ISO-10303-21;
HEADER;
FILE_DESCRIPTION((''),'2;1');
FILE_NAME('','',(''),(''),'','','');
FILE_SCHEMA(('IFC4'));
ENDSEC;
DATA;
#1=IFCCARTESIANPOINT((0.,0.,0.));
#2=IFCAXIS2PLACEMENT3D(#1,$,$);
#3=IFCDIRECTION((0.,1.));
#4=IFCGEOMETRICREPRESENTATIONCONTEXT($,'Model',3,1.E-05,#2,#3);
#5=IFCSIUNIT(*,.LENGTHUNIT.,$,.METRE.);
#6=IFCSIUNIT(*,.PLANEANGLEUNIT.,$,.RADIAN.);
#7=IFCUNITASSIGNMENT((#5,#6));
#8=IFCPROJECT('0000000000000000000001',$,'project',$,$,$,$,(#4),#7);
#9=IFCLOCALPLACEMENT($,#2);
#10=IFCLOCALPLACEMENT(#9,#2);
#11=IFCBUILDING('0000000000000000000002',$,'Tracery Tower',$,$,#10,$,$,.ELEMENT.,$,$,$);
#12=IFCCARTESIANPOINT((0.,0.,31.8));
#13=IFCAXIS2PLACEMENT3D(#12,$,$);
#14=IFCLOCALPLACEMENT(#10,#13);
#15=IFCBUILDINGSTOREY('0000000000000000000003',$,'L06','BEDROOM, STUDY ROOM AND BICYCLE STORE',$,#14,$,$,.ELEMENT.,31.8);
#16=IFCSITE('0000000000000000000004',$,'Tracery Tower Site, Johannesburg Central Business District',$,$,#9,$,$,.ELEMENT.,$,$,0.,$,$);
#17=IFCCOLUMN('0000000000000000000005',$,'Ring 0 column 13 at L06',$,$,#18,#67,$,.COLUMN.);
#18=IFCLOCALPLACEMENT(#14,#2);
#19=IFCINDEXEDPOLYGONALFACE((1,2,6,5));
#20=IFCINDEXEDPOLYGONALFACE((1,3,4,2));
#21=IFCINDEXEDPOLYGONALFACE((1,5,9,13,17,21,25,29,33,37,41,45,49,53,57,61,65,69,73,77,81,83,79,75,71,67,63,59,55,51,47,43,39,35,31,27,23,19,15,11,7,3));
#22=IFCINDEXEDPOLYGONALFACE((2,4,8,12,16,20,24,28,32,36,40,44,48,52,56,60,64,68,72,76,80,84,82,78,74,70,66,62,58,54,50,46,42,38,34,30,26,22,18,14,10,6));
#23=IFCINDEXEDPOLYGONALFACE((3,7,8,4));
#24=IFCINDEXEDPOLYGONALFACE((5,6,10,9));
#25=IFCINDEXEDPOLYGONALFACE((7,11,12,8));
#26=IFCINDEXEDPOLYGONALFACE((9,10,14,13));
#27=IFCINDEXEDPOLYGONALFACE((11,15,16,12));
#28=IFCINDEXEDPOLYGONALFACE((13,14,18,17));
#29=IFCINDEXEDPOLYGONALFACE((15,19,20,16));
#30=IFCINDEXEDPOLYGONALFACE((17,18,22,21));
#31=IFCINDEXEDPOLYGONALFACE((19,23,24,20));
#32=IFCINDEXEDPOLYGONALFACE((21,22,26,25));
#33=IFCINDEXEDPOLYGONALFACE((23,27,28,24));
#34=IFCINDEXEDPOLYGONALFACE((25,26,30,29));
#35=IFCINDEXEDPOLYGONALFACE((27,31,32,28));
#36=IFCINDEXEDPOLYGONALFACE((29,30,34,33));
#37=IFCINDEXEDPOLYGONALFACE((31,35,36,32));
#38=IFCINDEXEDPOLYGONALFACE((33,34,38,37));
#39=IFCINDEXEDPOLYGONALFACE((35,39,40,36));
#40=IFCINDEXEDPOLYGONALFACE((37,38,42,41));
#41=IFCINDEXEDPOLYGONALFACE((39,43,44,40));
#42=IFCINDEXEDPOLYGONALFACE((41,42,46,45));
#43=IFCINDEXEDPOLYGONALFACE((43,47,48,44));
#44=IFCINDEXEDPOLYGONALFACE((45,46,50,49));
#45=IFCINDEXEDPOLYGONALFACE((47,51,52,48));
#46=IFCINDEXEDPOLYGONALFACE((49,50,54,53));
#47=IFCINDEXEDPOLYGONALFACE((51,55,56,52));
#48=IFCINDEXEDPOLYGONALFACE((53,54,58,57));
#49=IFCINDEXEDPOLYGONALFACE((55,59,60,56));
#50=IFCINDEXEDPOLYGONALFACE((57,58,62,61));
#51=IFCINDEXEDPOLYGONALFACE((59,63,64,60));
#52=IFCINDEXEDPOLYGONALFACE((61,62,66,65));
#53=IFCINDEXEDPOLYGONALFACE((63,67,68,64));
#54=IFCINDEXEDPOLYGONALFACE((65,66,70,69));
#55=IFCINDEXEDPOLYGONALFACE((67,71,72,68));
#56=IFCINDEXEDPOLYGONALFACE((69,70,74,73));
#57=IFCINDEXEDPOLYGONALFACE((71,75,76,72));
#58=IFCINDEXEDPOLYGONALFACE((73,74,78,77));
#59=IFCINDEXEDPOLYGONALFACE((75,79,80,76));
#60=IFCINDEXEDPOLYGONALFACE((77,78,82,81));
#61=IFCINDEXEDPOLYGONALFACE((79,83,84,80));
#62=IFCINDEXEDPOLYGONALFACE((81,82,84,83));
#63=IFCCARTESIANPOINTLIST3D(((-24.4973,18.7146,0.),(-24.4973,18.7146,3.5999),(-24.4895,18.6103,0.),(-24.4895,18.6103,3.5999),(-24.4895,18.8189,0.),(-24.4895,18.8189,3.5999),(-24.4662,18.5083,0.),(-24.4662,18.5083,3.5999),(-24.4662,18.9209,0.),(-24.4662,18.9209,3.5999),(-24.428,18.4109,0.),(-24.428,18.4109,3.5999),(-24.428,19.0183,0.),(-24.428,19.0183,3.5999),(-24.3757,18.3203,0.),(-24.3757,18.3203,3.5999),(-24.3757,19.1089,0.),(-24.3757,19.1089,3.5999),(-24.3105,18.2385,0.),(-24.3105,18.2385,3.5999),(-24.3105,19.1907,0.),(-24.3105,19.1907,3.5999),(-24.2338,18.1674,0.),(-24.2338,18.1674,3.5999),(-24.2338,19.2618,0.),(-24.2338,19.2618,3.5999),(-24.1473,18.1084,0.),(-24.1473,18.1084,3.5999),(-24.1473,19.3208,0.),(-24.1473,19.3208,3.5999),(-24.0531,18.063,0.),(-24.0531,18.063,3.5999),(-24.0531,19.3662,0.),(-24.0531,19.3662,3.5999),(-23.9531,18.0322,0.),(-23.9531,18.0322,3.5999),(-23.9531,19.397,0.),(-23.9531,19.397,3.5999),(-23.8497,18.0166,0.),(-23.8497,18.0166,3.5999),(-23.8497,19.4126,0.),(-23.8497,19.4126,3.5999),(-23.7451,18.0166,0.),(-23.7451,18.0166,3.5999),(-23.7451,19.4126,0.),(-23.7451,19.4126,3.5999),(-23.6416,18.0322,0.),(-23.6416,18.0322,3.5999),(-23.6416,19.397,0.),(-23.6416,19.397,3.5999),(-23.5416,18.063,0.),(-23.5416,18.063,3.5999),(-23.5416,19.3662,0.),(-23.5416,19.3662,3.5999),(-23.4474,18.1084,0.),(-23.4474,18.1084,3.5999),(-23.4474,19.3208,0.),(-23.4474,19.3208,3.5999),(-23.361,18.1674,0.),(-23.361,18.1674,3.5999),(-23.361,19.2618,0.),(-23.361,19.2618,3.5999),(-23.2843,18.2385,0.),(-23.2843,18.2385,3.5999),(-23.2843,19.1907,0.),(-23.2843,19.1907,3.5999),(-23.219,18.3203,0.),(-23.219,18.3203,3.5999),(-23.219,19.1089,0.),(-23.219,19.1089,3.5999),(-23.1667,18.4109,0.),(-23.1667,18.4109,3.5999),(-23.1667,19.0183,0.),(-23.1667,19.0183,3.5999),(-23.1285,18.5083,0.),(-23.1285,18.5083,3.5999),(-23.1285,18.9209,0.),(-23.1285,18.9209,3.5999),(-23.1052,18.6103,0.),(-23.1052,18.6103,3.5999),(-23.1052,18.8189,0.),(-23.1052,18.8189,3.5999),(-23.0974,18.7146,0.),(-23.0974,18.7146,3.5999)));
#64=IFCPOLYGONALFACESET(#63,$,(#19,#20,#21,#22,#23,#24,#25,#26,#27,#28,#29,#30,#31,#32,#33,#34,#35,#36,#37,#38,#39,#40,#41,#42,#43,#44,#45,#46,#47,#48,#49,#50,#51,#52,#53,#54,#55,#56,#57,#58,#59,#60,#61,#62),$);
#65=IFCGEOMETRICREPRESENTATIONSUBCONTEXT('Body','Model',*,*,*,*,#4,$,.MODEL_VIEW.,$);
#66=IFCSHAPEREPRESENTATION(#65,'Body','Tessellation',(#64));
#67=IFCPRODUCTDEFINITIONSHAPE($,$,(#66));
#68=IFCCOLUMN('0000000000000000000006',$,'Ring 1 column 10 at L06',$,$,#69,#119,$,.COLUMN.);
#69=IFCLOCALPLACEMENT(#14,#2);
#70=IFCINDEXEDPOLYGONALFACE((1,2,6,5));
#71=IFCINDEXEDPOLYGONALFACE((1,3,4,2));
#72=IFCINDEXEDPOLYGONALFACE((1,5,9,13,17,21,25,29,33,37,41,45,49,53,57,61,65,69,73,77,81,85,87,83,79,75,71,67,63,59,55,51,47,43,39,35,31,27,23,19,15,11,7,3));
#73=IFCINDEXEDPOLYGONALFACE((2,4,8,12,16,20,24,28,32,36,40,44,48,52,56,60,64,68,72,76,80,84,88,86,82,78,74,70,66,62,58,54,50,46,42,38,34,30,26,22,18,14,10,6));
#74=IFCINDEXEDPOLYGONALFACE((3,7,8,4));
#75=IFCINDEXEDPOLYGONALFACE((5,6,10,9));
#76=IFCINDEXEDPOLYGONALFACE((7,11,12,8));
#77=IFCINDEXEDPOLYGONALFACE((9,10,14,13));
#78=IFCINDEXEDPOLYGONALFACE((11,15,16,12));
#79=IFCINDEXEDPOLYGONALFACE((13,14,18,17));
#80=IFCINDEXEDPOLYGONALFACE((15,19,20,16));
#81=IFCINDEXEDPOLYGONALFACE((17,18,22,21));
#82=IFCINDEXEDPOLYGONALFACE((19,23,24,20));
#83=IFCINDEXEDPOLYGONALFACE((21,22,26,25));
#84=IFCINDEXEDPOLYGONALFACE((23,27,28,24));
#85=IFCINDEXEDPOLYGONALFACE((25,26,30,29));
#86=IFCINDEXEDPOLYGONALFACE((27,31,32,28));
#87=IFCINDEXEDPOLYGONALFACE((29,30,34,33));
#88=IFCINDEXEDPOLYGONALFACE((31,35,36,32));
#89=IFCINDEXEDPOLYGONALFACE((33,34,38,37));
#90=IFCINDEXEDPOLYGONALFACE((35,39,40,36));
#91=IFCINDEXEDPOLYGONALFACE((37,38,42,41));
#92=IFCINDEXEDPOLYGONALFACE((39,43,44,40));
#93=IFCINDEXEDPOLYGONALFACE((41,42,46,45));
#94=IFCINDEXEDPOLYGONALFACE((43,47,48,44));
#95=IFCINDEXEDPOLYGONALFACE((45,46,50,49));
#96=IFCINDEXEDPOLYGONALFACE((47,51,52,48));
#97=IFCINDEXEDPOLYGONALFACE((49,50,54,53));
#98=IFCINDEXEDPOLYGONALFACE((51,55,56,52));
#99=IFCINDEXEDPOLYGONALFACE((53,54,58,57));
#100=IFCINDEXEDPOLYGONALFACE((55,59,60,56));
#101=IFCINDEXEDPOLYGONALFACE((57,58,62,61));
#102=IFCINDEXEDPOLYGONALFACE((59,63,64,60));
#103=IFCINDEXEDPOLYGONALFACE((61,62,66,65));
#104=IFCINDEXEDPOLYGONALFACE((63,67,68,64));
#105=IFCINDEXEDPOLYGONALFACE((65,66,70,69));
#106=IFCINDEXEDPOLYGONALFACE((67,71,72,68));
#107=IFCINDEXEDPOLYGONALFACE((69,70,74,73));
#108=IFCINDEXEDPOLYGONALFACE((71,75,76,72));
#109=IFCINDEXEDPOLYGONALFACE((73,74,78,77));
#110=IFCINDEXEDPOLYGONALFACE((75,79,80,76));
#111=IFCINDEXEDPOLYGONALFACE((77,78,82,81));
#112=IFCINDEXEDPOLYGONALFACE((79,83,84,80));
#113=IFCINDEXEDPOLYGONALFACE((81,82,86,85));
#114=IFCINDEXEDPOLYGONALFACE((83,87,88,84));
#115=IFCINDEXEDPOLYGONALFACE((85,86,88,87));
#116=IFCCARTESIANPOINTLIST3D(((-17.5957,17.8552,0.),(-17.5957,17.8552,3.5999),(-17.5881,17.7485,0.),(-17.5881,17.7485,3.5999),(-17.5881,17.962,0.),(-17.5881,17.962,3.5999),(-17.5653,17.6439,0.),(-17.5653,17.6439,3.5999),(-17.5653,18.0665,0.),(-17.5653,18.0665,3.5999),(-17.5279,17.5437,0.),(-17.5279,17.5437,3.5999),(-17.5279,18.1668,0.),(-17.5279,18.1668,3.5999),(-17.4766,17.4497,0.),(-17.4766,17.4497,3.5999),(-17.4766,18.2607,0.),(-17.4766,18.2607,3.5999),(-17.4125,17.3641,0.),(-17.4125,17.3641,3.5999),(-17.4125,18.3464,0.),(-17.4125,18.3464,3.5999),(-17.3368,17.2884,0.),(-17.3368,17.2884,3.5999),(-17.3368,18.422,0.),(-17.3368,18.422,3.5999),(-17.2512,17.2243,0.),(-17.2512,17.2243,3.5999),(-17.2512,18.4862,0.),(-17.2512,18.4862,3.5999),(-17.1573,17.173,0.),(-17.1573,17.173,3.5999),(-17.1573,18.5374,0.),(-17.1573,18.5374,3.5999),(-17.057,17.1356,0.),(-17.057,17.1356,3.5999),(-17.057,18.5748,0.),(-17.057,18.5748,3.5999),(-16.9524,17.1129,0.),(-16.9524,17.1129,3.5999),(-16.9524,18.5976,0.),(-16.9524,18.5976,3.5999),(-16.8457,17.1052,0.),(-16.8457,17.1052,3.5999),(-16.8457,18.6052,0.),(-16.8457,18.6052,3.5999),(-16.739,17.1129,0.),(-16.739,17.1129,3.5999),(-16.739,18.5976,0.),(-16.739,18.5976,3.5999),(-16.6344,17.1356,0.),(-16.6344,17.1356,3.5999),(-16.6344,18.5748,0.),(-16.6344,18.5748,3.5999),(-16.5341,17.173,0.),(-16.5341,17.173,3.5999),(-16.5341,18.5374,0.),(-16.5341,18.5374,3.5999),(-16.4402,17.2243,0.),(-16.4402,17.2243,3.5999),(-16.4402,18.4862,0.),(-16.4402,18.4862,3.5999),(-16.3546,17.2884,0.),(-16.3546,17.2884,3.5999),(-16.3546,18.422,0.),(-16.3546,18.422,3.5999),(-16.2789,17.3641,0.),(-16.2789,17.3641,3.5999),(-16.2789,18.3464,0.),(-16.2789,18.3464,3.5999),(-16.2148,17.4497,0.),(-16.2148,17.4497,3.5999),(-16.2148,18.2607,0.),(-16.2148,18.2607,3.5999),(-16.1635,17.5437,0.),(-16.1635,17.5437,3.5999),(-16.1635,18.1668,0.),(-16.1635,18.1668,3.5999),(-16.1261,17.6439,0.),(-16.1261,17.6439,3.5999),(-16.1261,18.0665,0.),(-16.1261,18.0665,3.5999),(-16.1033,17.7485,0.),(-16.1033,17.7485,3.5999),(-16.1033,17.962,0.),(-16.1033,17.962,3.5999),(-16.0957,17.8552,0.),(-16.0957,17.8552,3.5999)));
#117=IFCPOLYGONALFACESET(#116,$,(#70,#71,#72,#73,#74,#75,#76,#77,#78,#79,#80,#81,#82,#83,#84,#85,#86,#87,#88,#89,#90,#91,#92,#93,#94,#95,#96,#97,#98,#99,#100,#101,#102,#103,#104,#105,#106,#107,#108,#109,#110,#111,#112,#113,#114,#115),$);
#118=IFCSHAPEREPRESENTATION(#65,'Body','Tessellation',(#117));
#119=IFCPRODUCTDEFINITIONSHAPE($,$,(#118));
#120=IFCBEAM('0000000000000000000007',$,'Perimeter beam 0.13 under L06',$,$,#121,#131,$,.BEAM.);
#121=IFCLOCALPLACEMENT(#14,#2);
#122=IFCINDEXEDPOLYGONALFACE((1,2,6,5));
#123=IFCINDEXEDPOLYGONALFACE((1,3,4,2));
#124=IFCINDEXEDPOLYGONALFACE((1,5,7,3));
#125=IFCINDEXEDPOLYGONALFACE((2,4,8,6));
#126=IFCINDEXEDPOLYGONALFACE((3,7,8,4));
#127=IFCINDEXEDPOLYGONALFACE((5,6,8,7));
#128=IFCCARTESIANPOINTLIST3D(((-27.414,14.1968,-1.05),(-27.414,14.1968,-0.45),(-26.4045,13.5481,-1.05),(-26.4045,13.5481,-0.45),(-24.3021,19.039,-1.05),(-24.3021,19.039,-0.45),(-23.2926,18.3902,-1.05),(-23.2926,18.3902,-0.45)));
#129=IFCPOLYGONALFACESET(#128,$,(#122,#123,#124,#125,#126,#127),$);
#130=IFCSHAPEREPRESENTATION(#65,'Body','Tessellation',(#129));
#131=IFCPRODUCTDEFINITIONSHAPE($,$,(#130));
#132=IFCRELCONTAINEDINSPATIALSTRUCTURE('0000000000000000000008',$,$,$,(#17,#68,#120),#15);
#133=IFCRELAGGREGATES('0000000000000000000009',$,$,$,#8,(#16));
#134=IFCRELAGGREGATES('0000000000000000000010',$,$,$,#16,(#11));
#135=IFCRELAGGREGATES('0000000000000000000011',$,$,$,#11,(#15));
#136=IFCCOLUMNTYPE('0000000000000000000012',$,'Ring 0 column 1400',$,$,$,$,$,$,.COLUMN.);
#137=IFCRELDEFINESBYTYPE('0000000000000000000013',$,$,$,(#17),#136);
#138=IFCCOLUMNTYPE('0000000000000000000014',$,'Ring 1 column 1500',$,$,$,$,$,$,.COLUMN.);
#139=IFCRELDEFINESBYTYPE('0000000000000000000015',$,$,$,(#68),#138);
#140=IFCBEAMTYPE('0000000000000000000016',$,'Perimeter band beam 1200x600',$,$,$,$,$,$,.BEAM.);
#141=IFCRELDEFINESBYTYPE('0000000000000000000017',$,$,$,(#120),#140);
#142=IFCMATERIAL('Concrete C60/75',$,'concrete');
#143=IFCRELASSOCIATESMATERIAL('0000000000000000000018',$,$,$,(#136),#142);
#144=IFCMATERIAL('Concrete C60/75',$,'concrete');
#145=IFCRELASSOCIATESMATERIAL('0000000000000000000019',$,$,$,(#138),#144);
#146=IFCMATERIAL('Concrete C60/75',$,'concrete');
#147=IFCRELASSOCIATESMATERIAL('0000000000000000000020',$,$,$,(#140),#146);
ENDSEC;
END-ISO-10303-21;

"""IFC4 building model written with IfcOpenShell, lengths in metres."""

from ifc_helpers import new_model, si_unit, direction, frame, origin, origin_2d, place, context, subcontext, project, spatial, rectangle, circle, extrude, material, material_profile, profile_set, type_object, element, save


model = new_model("IFC4")

# Units and contexts
model_context = context("Model", 3, precision=1e-05, world=origin(), true_north=direction((0.0, 1.0)))
body_context = subcontext(model_context, "Body", "Model", "MODEL_VIEW")
ifc_project = project(units=[si_unit("LENGTHUNIT", "METRE"), si_unit("PLANEANGLEUNIT", "RADIAN")], contexts=[model_context])

# Site, building, storey
site_placement = place(None, origin())
site = spatial("IfcSite", under=ifc_project, at=site_placement, Name="Tracery Tower Site, Johannesburg Central Business District", CompositionType="ELEMENT", RefElevation=0.0)
building_placement = place(site_placement, origin())
building = spatial("IfcBuilding", under=site, at=building_placement, Name="Tracery Tower", CompositionType="ELEMENT")
storey_placement = place(building_placement, frame((0.0, 0.0, 31.8)))
storey = spatial("IfcBuildingStorey", under=building, at=storey_placement, Name="L06", Description="BEDROOM, STUDY ROOM AND BICYCLE STORE", CompositionType="ELEMENT", Elevation=31.8)

# Columns
ifc_material_1 = material(Name="Concrete C60/75", Category="concrete")
ifc_material_profile_1 = material_profile(ifc_material_1, circle(Radius=0.7, at=origin_2d()), Name="RC D1400")
ifc_profile_set_1 = profile_set([ifc_material_profile_1], Name="Concrete C60/75")
column_type_1 = type_object("IfcColumnType", Name="Ring 0 column 1400", PredefinedType="COLUMN", material=ifc_profile_set_1)
column_1_placement = place(storey_placement, frame((-23.7974, 18.7146, 0.0), z_axis=(0.0, 0.0, 1.0), x_axis=(1.0, 0.0, 0.0)))
element("IfcColumn", 1, at=column_1_placement, inside=storey, type_object=column_type_1, Name="Ring 0 column 13 at L06", PredefinedType="COLUMN", context=body_context, shape_type="SweptSolid", body=[
    extrude(circle(Radius=0.7, at=origin_2d()), origin(), (0.0, 0.0, 1.0), 3.5999),
])
ifc_material_2 = material(Name="Concrete C60/75", Category="concrete")
ifc_material_profile_2 = material_profile(ifc_material_2, circle(Radius=0.75, at=origin_2d()), Name="RC D1500")
ifc_profile_set_2 = profile_set([ifc_material_profile_2], Name="Concrete C60/75")
column_type_2 = type_object("IfcColumnType", Name="Ring 1 column 1500", PredefinedType="COLUMN", material=ifc_profile_set_2)
column_2_placement = place(storey_placement, frame((-16.8457, 17.8552, 0.0), z_axis=(0.0, 0.0, 1.0), x_axis=(1.0, 0.0, 0.0)))
element("IfcColumn", 2, at=column_2_placement, inside=storey, type_object=column_type_2, Name="Ring 1 column 10 at L06", PredefinedType="COLUMN", context=body_context, shape_type="SweptSolid", body=[
    extrude(circle(Radius=0.75, at=origin_2d()), origin(), (0.0, 0.0, 1.0), 3.5999),
])

# Beam
ifc_material_3 = material(Name="Concrete C60/75", Category="concrete")
ifc_material_profile_3 = material_profile(ifc_material_3, rectangle(XDim=1.2, YDim=0.6001, at=origin_2d()), Name="RC 1200x600")
ifc_profile_set_3 = profile_set([ifc_material_profile_3], Name="Concrete C60/75")
beam_type = type_object("IfcBeamType", Name="Perimeter band beam 1200x600", PredefinedType="BEAM", material=ifc_profile_set_3)
beam_placement = place(storey_placement, frame((-23.7974, 18.7146, -0.75), z_axis=(-0.540644, -0.841252, 0.0), x_axis=(0.841252, -0.540644, 0.0)))
element("IfcBeam", 3, at=beam_placement, inside=storey, type_object=beam_type, Name="Perimeter beam 0.13 under L06", PredefinedType="BEAM", context=body_context, shape_type="SweptSolid", body=[
    extrude(rectangle(XDim=1.2, YDim=0.6001, at=origin_2d()), origin(), (0.0, 0.0, 1.0), 5.7559),
])

save(model, "model.ifc")
